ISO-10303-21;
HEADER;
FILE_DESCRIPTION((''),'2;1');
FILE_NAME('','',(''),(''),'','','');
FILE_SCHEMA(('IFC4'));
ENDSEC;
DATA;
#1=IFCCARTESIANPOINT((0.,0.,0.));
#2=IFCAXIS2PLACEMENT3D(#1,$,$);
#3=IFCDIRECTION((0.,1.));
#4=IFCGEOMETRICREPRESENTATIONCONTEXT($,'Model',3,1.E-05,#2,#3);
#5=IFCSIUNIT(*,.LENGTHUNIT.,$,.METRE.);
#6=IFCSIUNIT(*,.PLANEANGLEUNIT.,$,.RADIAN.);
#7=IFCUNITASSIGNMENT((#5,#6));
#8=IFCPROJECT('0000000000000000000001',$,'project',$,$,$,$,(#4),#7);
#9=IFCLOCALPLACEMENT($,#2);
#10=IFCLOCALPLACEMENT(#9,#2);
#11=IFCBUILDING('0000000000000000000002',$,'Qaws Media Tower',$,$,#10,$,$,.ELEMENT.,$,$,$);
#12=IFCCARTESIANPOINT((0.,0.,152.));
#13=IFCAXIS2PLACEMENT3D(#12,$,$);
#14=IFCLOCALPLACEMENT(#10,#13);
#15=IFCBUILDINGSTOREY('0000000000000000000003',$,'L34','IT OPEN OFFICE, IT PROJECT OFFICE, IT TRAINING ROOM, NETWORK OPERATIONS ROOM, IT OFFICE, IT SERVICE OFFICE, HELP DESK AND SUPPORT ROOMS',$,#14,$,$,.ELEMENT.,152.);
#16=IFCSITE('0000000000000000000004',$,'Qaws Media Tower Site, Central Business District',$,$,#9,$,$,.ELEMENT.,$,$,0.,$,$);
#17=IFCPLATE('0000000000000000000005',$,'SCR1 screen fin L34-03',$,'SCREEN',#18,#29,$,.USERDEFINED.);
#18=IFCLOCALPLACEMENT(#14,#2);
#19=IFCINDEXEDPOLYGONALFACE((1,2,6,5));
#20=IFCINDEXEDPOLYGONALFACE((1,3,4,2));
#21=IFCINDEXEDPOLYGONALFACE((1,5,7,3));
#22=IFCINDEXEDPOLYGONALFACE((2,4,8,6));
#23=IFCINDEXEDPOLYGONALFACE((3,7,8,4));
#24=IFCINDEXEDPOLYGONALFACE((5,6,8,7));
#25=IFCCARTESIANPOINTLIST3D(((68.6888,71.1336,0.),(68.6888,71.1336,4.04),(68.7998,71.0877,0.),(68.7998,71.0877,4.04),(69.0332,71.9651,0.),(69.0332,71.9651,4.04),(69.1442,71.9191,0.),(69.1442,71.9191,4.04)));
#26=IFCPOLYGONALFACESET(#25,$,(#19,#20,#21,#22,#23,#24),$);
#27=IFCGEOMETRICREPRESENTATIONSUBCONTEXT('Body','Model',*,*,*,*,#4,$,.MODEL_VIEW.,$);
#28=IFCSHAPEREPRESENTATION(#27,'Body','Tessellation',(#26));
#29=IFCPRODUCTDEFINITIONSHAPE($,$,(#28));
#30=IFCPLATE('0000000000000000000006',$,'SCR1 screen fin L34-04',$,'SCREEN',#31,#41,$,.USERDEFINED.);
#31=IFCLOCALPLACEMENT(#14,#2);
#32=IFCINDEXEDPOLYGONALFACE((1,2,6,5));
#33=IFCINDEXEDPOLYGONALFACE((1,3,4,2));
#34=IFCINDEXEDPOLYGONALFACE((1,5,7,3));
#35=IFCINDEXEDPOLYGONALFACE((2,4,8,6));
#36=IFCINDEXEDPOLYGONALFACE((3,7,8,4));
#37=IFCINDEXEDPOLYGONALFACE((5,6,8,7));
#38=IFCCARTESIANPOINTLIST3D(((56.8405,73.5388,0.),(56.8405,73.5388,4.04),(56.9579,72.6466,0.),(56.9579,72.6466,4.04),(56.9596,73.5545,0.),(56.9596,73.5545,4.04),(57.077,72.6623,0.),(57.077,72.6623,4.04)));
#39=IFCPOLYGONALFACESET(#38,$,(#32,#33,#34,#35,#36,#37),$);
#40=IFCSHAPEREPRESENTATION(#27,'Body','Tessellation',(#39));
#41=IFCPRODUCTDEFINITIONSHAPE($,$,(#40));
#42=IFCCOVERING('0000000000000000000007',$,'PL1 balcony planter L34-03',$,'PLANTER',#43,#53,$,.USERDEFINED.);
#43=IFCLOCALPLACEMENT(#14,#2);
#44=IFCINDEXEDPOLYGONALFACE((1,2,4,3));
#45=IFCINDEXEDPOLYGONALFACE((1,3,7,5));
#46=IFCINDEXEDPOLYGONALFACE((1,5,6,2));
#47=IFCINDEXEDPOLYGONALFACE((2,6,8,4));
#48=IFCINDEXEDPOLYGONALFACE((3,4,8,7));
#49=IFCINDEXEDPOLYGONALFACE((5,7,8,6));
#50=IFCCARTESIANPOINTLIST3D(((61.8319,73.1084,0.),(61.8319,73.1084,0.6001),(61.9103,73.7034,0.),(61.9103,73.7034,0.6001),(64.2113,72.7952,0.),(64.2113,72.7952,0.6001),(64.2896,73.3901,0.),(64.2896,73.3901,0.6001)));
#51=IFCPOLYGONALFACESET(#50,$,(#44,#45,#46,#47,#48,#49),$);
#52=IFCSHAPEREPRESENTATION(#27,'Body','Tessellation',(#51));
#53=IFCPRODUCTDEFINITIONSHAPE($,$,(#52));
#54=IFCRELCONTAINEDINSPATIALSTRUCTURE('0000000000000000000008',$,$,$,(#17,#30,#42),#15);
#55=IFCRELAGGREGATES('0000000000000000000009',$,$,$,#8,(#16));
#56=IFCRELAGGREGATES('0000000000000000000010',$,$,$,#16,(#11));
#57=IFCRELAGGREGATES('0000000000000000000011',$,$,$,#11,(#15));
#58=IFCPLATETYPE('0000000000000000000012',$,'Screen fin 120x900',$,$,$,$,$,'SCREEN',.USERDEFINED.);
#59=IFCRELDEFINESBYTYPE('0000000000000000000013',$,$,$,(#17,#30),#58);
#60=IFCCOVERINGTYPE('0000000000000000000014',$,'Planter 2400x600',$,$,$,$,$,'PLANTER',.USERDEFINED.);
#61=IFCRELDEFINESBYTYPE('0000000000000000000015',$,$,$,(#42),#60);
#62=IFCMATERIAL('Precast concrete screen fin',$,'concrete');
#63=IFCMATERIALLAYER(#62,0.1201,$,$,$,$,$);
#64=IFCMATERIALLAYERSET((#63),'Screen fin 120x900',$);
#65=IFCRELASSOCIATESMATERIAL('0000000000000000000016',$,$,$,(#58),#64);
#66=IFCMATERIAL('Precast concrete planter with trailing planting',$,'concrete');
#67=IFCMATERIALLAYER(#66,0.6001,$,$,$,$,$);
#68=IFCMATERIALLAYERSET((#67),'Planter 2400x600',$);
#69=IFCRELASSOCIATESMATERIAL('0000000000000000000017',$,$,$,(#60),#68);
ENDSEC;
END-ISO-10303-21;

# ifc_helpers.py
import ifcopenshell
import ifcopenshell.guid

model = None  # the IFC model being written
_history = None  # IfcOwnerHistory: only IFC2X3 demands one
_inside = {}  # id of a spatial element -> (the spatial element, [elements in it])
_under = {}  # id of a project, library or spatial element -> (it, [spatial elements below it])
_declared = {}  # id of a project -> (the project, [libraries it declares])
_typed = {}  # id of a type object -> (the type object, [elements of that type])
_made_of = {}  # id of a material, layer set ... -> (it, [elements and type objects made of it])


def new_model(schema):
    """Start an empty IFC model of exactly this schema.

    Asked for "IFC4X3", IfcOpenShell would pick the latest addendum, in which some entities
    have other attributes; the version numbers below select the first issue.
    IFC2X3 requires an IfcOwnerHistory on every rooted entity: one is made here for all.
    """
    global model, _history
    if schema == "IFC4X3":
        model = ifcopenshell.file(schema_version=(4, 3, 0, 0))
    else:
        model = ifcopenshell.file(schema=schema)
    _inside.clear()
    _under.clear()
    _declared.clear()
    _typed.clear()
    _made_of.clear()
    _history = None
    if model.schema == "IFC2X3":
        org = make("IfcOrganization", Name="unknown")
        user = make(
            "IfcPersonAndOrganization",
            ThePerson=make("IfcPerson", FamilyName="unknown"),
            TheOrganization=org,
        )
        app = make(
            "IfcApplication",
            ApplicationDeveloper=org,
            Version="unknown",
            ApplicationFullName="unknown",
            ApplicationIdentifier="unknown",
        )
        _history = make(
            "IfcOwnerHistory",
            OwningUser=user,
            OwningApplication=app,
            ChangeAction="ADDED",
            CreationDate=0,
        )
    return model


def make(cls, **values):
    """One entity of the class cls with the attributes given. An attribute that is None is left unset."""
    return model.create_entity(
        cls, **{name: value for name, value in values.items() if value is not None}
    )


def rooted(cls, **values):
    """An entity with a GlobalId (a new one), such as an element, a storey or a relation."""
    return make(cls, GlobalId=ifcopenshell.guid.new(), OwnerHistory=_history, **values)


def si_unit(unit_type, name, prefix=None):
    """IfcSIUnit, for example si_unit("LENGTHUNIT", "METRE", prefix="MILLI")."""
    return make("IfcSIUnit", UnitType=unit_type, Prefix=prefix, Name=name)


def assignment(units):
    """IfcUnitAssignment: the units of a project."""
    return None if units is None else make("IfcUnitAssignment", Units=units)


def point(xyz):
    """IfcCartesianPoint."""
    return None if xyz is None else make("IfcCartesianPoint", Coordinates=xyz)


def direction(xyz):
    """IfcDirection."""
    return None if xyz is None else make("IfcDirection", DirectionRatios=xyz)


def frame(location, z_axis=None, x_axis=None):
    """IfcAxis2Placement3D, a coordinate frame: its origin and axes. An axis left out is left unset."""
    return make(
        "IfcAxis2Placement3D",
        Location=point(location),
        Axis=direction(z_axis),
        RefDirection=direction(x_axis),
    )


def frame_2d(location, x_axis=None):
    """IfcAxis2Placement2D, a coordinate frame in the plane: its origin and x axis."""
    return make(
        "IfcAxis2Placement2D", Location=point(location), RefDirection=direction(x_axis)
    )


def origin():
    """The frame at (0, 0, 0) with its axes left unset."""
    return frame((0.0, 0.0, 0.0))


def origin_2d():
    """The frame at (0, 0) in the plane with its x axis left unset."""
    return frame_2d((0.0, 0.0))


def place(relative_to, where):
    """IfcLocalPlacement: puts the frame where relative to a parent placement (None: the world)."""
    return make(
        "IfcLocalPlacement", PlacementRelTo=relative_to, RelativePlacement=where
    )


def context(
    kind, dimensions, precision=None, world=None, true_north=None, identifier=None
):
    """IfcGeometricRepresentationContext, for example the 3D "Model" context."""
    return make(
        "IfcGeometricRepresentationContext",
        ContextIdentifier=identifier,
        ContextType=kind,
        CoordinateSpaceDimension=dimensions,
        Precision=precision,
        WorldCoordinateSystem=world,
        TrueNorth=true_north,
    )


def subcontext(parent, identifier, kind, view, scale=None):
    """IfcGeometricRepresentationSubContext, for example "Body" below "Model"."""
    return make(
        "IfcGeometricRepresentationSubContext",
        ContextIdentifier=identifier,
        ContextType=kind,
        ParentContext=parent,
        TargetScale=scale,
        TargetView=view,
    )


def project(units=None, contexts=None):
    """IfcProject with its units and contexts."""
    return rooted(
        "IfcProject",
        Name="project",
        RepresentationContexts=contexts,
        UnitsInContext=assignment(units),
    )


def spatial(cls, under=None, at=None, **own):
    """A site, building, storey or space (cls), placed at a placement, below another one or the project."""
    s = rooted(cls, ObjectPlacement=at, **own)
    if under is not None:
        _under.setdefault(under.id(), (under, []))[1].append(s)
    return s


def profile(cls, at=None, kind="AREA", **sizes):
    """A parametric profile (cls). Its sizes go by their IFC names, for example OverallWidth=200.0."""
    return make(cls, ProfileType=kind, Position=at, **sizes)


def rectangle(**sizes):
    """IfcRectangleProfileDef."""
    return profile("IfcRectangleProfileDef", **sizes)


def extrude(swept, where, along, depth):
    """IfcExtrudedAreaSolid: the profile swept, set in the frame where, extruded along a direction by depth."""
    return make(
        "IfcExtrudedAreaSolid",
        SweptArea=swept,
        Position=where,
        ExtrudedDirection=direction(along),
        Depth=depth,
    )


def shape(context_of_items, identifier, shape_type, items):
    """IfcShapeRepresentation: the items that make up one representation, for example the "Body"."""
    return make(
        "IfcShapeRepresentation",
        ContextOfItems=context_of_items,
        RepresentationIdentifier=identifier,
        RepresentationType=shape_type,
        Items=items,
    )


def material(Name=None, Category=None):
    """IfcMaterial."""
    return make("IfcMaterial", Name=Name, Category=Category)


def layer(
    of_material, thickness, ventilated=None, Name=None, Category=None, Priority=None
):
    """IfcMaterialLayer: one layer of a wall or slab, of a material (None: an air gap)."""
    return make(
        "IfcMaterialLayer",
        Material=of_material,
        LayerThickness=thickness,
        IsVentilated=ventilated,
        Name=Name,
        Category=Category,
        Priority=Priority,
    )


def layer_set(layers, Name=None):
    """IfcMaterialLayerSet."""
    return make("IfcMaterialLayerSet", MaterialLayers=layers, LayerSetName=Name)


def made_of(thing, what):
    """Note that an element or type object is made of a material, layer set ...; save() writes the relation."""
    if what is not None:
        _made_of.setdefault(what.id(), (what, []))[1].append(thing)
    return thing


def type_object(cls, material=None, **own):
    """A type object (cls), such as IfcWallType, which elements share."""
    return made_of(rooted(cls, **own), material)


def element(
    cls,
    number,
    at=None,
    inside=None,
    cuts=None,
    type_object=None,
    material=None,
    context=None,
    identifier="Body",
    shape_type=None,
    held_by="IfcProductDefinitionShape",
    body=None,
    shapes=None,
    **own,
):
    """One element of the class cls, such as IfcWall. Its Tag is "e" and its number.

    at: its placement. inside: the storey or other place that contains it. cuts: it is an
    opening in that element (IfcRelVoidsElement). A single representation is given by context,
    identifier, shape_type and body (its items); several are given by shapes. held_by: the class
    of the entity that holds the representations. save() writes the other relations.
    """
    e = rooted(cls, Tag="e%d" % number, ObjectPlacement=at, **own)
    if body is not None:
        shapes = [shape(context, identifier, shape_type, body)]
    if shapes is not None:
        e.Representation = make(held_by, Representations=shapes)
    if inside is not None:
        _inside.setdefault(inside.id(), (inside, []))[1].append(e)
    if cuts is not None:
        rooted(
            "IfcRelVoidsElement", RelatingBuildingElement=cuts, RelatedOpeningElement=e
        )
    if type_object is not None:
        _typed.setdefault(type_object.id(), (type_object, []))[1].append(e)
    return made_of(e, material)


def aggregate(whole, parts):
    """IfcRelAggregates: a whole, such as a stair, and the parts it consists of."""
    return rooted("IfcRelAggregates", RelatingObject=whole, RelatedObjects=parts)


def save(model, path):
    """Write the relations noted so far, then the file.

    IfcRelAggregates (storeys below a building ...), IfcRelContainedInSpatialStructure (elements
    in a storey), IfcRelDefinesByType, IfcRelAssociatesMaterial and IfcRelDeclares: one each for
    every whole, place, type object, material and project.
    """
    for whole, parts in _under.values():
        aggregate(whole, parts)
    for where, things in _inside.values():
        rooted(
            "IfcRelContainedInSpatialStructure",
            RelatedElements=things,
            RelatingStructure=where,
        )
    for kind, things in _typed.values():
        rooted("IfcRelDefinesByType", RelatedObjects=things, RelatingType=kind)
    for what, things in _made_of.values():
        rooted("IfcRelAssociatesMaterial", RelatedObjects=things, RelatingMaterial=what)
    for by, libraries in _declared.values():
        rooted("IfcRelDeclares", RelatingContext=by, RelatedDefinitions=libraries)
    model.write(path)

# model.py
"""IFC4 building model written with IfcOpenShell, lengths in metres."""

from ifc_helpers import new_model, si_unit, direction, frame, origin, origin_2d, place, context, subcontext, project, spatial, rectangle, extrude, material, layer, layer_set, type_object, element, save


model = new_model("IFC4")

# Units and contexts
model_context = context("Model", 3, precision=1e-05, world=origin(), true_north=direction((0.0, 1.0)))
body_context = subcontext(model_context, "Body", "Model", "MODEL_VIEW")
ifc_project = project(units=[si_unit("LENGTHUNIT", "METRE"), si_unit("PLANEANGLEUNIT", "RADIAN")], contexts=[model_context])

# Site, building, storey
site_placement = place(None, origin())
site = spatial("IfcSite", under=ifc_project, at=site_placement, Name="Qaws Media Tower Site, Central Business District", CompositionType="ELEMENT", RefElevation=0.0)
building_placement = place(site_placement, origin())
building = spatial("IfcBuilding", under=site, at=building_placement, Name="Qaws Media Tower", CompositionType="ELEMENT")
storey_placement = place(building_placement, frame((0.0, 0.0, 152.0)))
storey = spatial("IfcBuildingStorey", under=building, at=storey_placement, Name="L34", Description="IT OPEN OFFICE, IT PROJECT OFFICE, IT TRAINING ROOM, NETWORK OPERATIONS ROOM, IT OFFICE, IT SERVICE OFFICE, HELP DESK AND SUPPORT ROOMS", CompositionType="ELEMENT", Elevation=152.0)

# Plates
ifc_material_1 = material(Name="Precast concrete screen fin", Category="concrete")
ifc_layer_1 = layer(ifc_material_1, 0.1201)
ifc_layer_set_1 = layer_set([ifc_layer_1], Name="Screen fin 120x900")
plate_type_1 = type_object("IfcPlateType", Name="Screen fin 120x900", ElementType="SCREEN", PredefinedType="USERDEFINED", material=ifc_layer_set_1)
for number, where, z_axis, x_axis, name in (
    (1, (68.9165, 71.5264, 0.0), (0.0, 0.0, 1.0), (0.382683, 0.92388, 0.0), "SCR1 screen fin L34-03"),
    (2, (56.9587, 73.1006, 0.0), (0.0, 0.0, 1.0), (-0.130526, 0.991445, 0.0), "SCR1 screen fin L34-04"),
):
    element("IfcPlate", number, at=place(storey_placement, frame(where, z_axis=z_axis, x_axis=x_axis)), inside=storey, type_object=plate_type_1, Name=name, ObjectType="SCREEN", PredefinedType="USERDEFINED", context=body_context, shape_type="SweptSolid", body=[
        extrude(rectangle(XDim=0.8999, YDim=0.1201, at=origin_2d()), origin(), (0.0, 0.0, 1.0), 4.04),
    ])

# Covering
ifc_material_2 = material(Name="Precast concrete planter with trailing planting", Category="concrete")
ifc_layer_2 = layer(ifc_material_2, 0.6001)
ifc_layer_set_2 = layer_set([ifc_layer_2], Name="Planter 2400x600")
covering_type = type_object("IfcCoveringType", Name="Planter 2400x600", ElementType="PLANTER", PredefinedType="USERDEFINED", material=ifc_layer_set_2)
covering_placement = place(storey_placement, frame((63.0608, 73.2493, 0.0), z_axis=(0.0, 0.0, 1.0), x_axis=(-0.991445, 0.130526, 0.0)))
element("IfcCovering", 3, at=covering_placement, inside=storey, type_object=covering_type, Name="PL1 balcony planter L34-03", ObjectType="PLANTER", PredefinedType="USERDEFINED", context=body_context, shape_type="SweptSolid", body=[
    extrude(rectangle(XDim=2.3999, YDim=0.6001, at=origin_2d()), origin(), (0.0, 0.0, 1.0), 0.6001),
])

save(model, "model.ifc")
